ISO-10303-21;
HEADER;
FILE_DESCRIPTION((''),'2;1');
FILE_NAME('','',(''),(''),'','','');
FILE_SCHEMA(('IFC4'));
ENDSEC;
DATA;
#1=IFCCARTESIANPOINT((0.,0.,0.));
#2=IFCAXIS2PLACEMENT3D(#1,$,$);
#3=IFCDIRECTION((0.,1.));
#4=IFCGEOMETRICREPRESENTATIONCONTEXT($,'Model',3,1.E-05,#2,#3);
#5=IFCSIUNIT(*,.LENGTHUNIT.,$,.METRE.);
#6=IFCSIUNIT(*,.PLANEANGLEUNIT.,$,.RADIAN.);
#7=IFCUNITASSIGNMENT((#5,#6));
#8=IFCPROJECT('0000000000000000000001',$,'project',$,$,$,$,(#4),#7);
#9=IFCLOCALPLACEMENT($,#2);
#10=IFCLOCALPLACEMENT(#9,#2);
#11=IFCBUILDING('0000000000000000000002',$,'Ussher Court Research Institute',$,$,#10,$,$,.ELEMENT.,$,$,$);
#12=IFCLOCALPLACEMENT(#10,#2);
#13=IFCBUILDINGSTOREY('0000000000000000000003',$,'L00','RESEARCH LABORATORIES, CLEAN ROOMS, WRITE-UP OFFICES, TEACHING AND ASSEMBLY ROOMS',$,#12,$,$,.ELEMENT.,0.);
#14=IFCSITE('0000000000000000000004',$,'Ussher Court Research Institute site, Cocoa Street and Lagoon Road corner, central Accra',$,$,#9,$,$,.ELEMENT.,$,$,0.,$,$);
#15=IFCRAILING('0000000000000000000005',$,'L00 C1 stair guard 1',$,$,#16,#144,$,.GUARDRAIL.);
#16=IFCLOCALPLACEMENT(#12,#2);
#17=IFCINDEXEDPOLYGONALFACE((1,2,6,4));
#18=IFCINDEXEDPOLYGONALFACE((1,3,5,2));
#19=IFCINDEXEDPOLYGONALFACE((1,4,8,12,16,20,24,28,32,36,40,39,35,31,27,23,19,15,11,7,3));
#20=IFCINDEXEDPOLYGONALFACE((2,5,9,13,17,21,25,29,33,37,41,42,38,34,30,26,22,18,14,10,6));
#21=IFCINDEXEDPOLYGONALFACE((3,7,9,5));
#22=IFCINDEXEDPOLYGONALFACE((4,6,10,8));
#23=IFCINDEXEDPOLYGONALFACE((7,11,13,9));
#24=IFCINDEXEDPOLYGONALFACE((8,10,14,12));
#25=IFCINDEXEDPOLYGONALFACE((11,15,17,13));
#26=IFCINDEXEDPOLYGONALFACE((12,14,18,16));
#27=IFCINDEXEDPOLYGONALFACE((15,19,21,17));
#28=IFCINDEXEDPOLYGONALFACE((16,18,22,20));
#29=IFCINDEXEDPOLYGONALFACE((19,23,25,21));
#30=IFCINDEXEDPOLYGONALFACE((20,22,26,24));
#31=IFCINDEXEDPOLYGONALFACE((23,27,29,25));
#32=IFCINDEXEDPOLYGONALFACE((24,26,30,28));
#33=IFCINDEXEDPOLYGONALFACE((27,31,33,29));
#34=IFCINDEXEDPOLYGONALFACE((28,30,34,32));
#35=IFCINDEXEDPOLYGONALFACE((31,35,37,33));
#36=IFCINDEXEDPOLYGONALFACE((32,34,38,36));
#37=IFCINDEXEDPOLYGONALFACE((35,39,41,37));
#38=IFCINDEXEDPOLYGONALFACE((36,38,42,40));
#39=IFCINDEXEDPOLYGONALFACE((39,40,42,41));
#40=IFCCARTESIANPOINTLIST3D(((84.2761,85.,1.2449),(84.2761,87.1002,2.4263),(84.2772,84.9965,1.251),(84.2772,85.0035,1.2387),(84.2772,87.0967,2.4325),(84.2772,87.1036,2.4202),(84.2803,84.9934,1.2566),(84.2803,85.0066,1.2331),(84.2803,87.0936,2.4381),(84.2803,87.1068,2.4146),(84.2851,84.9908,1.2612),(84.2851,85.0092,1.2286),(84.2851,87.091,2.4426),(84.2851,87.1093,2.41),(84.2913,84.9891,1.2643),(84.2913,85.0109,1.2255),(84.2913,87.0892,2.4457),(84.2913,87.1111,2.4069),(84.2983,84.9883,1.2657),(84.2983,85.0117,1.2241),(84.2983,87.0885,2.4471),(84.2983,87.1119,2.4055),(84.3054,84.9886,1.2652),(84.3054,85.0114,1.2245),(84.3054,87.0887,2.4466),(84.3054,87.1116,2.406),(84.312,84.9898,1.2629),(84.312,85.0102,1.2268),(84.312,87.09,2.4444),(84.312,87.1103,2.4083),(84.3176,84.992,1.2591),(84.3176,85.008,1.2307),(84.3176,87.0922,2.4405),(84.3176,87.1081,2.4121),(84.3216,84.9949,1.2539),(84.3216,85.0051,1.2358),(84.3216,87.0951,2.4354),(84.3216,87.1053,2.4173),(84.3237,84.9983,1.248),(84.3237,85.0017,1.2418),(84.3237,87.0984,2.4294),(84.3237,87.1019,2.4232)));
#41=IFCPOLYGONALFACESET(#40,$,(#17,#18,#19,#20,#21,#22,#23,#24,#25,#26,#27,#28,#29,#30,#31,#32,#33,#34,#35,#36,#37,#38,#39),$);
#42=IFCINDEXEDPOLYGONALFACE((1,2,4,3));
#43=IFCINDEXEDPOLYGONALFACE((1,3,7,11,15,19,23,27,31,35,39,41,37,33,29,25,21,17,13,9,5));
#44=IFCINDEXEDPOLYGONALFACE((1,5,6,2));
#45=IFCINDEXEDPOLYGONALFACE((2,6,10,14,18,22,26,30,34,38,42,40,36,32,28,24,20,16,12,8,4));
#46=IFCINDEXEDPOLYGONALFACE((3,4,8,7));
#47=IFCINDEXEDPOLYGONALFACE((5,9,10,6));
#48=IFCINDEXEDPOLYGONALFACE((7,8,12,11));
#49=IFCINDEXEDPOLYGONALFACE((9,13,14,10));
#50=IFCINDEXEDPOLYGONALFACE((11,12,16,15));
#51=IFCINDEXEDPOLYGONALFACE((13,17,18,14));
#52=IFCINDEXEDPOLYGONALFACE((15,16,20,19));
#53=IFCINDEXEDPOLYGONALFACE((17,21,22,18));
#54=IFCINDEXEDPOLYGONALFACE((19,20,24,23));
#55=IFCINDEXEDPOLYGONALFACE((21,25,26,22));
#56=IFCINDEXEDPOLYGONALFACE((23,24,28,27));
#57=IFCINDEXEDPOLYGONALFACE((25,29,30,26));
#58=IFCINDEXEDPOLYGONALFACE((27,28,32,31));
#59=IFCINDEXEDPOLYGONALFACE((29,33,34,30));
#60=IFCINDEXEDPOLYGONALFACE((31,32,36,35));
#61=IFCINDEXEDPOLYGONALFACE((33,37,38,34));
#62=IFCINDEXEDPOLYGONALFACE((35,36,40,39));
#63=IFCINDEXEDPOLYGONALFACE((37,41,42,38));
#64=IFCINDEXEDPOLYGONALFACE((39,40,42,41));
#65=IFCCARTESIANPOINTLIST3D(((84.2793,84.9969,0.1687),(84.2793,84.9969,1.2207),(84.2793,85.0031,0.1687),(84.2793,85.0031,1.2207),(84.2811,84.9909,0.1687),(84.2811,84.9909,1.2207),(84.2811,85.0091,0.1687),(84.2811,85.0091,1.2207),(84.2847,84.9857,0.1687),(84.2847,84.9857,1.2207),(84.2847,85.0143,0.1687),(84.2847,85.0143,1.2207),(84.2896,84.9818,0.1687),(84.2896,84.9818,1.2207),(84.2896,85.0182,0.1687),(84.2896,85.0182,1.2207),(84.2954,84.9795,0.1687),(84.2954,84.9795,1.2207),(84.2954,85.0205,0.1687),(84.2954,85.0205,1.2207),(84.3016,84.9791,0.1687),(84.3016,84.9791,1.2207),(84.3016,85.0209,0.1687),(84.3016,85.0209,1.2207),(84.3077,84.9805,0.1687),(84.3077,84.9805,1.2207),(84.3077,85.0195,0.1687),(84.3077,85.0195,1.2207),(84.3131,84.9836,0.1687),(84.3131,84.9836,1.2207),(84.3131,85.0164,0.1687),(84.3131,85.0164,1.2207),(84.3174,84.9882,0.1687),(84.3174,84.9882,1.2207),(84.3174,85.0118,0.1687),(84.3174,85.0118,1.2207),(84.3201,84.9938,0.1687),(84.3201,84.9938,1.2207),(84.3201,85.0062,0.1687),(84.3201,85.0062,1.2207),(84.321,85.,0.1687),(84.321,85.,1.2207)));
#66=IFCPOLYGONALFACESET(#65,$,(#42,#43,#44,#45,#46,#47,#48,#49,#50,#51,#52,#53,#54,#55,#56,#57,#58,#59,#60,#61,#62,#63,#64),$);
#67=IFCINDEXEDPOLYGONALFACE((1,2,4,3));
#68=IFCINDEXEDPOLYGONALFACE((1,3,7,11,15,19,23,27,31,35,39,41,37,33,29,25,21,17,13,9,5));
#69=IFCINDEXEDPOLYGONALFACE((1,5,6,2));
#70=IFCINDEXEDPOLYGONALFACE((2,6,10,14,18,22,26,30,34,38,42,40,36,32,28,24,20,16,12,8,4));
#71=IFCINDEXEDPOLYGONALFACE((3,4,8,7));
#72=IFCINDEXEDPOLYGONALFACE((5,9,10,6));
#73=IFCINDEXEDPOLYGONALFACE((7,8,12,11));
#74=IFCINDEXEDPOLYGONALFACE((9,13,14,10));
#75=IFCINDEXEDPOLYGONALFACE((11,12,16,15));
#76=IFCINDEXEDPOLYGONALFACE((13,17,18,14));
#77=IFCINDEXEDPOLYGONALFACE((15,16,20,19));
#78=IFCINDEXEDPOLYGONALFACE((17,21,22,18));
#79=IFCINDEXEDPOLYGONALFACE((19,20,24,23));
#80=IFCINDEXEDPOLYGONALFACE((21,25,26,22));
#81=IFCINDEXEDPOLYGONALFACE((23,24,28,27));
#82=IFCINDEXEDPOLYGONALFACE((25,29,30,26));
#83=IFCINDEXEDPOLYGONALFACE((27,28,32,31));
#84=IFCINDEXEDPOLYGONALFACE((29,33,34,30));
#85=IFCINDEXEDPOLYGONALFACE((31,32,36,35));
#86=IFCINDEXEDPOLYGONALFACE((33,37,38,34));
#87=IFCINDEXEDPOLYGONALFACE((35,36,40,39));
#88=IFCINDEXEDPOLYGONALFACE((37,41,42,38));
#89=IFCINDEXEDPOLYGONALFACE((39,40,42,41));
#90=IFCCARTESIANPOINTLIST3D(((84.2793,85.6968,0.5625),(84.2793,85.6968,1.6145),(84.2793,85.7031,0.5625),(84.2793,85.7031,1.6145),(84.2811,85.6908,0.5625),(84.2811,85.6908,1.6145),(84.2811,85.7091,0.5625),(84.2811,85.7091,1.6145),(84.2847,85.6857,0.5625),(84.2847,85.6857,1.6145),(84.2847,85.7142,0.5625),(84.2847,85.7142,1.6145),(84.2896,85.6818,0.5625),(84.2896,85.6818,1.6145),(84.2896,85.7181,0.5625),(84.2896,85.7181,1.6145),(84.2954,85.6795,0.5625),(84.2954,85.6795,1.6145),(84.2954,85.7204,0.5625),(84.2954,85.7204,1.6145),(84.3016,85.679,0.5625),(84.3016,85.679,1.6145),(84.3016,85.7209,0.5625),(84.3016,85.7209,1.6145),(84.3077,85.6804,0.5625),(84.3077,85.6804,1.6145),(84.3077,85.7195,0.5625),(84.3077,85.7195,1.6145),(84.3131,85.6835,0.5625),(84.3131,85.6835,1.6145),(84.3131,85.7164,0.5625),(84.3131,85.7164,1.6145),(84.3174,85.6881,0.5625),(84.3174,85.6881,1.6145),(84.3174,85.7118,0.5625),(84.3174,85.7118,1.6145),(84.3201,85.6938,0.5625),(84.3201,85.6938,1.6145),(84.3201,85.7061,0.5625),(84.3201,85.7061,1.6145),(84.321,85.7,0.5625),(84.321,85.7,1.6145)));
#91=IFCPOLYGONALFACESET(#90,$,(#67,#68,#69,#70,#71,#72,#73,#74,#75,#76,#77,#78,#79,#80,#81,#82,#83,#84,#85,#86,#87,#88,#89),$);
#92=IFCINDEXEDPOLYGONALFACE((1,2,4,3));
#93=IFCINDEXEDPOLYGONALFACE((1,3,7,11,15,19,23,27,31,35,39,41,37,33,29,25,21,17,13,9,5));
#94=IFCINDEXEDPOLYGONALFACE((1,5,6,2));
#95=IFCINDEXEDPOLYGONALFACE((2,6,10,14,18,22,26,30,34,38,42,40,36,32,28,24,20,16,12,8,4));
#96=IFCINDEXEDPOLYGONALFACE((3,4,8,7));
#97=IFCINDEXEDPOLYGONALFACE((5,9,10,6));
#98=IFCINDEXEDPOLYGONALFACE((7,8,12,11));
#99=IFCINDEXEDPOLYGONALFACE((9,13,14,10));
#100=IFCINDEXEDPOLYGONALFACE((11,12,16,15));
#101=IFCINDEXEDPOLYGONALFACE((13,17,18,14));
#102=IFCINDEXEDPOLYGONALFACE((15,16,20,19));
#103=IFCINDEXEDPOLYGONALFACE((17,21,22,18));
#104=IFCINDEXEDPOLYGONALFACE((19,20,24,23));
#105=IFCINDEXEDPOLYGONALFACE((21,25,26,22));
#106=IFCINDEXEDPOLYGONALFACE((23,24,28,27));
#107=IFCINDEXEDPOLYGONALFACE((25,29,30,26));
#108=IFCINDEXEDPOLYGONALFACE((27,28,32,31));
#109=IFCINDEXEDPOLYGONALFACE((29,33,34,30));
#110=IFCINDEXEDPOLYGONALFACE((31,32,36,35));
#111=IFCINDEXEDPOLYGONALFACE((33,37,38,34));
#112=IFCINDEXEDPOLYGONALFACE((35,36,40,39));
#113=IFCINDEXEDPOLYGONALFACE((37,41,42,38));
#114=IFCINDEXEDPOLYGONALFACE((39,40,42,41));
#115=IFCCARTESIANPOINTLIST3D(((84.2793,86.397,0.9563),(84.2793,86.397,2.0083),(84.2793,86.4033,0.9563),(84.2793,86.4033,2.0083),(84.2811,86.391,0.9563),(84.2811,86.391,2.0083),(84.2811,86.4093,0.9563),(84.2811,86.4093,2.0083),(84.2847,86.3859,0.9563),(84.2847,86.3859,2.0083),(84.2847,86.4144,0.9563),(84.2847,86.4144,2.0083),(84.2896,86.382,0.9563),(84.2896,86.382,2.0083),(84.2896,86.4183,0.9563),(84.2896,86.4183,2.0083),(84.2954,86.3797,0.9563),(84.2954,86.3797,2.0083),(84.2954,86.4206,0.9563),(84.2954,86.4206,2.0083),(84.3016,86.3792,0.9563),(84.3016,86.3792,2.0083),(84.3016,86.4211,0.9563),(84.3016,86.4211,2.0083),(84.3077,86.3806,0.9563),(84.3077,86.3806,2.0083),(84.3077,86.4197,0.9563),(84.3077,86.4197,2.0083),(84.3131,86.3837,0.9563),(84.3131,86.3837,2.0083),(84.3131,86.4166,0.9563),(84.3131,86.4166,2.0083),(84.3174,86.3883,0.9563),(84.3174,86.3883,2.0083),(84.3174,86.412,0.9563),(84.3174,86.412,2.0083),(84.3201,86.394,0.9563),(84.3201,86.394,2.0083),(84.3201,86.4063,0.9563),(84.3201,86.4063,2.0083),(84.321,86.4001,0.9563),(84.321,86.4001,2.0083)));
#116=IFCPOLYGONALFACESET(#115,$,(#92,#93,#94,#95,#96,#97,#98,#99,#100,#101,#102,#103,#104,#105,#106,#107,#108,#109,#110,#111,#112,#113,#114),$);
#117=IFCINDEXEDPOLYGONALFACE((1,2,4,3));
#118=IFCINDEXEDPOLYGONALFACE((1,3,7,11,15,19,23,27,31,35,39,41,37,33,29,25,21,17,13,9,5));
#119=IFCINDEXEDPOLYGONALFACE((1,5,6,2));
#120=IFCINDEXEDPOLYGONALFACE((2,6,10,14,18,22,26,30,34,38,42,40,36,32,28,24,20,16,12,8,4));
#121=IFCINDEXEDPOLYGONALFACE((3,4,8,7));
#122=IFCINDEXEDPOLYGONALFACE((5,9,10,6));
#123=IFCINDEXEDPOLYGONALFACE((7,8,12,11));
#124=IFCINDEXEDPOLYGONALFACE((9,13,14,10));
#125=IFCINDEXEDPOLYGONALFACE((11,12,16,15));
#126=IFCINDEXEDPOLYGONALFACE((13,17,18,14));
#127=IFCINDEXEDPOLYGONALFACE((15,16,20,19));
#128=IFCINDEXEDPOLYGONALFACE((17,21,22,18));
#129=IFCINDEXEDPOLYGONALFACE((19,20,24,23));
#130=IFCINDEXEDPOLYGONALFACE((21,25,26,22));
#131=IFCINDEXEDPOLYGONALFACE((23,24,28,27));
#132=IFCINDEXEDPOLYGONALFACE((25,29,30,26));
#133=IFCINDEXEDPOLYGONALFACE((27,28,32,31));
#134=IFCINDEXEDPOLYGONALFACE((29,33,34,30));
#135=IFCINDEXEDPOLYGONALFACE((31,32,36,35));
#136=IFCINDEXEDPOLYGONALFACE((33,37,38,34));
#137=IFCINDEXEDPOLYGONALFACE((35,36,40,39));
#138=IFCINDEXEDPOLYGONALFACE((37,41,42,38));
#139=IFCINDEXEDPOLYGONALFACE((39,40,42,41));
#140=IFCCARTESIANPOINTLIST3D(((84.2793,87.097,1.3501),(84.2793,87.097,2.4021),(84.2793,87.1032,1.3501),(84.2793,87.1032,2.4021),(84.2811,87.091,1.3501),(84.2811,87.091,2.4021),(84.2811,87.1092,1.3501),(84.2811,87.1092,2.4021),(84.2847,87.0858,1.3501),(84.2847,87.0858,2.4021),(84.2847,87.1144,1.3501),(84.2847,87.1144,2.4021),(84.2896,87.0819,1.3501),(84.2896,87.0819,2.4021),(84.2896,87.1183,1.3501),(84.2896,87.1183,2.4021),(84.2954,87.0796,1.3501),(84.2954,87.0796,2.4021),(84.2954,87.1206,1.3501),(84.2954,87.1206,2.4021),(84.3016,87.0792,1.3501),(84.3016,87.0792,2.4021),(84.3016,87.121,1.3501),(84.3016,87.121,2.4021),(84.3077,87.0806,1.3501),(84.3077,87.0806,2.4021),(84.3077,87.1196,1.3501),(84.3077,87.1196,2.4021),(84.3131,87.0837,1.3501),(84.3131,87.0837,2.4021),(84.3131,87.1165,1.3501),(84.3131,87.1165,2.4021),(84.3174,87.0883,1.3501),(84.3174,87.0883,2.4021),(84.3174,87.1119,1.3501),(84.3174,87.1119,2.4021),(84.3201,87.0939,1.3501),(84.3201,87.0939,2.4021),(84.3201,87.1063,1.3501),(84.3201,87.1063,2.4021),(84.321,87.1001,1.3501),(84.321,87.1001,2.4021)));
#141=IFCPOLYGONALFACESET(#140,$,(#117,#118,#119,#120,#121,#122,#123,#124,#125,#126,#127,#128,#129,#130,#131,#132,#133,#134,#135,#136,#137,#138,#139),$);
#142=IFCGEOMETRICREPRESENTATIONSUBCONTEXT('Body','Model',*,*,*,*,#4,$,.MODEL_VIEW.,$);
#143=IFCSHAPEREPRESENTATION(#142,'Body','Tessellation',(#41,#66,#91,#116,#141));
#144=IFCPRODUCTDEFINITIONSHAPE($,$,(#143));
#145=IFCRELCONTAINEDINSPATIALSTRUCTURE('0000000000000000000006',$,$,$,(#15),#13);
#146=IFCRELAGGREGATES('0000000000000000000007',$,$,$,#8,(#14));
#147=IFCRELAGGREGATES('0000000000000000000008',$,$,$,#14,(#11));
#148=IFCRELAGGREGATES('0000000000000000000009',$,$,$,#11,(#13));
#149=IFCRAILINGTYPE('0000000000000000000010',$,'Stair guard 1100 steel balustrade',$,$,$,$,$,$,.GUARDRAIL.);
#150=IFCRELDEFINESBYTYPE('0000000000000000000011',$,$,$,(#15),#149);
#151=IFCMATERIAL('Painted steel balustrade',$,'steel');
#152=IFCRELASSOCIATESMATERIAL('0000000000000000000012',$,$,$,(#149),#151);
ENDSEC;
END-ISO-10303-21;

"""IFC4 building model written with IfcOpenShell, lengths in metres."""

from ifc_helpers import new_model, si_unit, direction, frame, origin, origin_2d, place, context, subcontext, project, spatial, circle, extrude, material, type_object, element, save


model = new_model("IFC4")

# Units and contexts
model_context = context("Model", 3, precision=1e-05, world=origin(), true_north=direction((0.0, 1.0)))
body_context = subcontext(model_context, "Body", "Model", "MODEL_VIEW")
ifc_project = project(units=[si_unit("LENGTHUNIT", "METRE"), si_unit("PLANEANGLEUNIT", "RADIAN")], contexts=[model_context])

# Site, building, storey
site_placement = place(None, origin())
site = spatial("IfcSite", under=ifc_project, at=site_placement, Name="Ussher Court Research Institute site, Cocoa Street and Lagoon Road corner, central Accra", CompositionType="ELEMENT", RefElevation=0.0)
building_placement = place(site_placement, origin())
building = spatial("IfcBuilding", under=site, at=building_placement, Name="Ussher Court Research Institute", CompositionType="ELEMENT")
storey_placement = place(building_placement, origin())
storey = spatial("IfcBuildingStorey", under=building, at=storey_placement, Name="L00", Description="RESEARCH LABORATORIES, CLEAN ROOMS, WRITE-UP OFFICES, TEACHING AND ASSEMBLY ROOMS", CompositionType="ELEMENT", Elevation=0.0)

# Railing
ifc_material_1 = material(Name="Painted steel balustrade", Category="steel")
railing_type_1 = type_object("IfcRailingType", Name="Stair guard 1100 steel balustrade", PredefinedType="GUARDRAIL", material=ifc_material_1)
railing_1_placement = place(storey_placement, frame((84.3, 85.0, 0.1687)))
element("IfcRailing", 1, at=railing_1_placement, inside=storey, type_object=railing_type_1, Name="L00 C1 stair guard 1", PredefinedType="GUARDRAIL", context=body_context, shape_type="SweptSolid", body=[
    extrude(circle(Radius=0.0239, at=origin_2d()), frame((0.0, 0.0, 1.0762), z_axis=(0.0, 0.871559, 0.49029), x_axis=(-1.0, 0.0, 0.0)), (0.0, 0.0, 1.0), 2.4097),
    extrude(circle(Radius=0.021, at=origin_2d()), origin(), (0.0, 0.0, 1.0), 1.052),
    extrude(circle(Radius=0.021, at=origin_2d()), frame((0.0, 0.7, 0.3938)), (0.0, 0.0, 1.0), 1.052),
    extrude(circle(Radius=0.021, at=origin_2d()), frame((0.0, 1.4001, 0.7876)), (0.0, 0.0, 1.0), 1.052),
    extrude(circle(Radius=0.021, at=origin_2d()), frame((0.0, 2.1001, 1.1814)), (0.0, 0.0, 1.0), 1.052),
])

save(model, "model.ifc")
